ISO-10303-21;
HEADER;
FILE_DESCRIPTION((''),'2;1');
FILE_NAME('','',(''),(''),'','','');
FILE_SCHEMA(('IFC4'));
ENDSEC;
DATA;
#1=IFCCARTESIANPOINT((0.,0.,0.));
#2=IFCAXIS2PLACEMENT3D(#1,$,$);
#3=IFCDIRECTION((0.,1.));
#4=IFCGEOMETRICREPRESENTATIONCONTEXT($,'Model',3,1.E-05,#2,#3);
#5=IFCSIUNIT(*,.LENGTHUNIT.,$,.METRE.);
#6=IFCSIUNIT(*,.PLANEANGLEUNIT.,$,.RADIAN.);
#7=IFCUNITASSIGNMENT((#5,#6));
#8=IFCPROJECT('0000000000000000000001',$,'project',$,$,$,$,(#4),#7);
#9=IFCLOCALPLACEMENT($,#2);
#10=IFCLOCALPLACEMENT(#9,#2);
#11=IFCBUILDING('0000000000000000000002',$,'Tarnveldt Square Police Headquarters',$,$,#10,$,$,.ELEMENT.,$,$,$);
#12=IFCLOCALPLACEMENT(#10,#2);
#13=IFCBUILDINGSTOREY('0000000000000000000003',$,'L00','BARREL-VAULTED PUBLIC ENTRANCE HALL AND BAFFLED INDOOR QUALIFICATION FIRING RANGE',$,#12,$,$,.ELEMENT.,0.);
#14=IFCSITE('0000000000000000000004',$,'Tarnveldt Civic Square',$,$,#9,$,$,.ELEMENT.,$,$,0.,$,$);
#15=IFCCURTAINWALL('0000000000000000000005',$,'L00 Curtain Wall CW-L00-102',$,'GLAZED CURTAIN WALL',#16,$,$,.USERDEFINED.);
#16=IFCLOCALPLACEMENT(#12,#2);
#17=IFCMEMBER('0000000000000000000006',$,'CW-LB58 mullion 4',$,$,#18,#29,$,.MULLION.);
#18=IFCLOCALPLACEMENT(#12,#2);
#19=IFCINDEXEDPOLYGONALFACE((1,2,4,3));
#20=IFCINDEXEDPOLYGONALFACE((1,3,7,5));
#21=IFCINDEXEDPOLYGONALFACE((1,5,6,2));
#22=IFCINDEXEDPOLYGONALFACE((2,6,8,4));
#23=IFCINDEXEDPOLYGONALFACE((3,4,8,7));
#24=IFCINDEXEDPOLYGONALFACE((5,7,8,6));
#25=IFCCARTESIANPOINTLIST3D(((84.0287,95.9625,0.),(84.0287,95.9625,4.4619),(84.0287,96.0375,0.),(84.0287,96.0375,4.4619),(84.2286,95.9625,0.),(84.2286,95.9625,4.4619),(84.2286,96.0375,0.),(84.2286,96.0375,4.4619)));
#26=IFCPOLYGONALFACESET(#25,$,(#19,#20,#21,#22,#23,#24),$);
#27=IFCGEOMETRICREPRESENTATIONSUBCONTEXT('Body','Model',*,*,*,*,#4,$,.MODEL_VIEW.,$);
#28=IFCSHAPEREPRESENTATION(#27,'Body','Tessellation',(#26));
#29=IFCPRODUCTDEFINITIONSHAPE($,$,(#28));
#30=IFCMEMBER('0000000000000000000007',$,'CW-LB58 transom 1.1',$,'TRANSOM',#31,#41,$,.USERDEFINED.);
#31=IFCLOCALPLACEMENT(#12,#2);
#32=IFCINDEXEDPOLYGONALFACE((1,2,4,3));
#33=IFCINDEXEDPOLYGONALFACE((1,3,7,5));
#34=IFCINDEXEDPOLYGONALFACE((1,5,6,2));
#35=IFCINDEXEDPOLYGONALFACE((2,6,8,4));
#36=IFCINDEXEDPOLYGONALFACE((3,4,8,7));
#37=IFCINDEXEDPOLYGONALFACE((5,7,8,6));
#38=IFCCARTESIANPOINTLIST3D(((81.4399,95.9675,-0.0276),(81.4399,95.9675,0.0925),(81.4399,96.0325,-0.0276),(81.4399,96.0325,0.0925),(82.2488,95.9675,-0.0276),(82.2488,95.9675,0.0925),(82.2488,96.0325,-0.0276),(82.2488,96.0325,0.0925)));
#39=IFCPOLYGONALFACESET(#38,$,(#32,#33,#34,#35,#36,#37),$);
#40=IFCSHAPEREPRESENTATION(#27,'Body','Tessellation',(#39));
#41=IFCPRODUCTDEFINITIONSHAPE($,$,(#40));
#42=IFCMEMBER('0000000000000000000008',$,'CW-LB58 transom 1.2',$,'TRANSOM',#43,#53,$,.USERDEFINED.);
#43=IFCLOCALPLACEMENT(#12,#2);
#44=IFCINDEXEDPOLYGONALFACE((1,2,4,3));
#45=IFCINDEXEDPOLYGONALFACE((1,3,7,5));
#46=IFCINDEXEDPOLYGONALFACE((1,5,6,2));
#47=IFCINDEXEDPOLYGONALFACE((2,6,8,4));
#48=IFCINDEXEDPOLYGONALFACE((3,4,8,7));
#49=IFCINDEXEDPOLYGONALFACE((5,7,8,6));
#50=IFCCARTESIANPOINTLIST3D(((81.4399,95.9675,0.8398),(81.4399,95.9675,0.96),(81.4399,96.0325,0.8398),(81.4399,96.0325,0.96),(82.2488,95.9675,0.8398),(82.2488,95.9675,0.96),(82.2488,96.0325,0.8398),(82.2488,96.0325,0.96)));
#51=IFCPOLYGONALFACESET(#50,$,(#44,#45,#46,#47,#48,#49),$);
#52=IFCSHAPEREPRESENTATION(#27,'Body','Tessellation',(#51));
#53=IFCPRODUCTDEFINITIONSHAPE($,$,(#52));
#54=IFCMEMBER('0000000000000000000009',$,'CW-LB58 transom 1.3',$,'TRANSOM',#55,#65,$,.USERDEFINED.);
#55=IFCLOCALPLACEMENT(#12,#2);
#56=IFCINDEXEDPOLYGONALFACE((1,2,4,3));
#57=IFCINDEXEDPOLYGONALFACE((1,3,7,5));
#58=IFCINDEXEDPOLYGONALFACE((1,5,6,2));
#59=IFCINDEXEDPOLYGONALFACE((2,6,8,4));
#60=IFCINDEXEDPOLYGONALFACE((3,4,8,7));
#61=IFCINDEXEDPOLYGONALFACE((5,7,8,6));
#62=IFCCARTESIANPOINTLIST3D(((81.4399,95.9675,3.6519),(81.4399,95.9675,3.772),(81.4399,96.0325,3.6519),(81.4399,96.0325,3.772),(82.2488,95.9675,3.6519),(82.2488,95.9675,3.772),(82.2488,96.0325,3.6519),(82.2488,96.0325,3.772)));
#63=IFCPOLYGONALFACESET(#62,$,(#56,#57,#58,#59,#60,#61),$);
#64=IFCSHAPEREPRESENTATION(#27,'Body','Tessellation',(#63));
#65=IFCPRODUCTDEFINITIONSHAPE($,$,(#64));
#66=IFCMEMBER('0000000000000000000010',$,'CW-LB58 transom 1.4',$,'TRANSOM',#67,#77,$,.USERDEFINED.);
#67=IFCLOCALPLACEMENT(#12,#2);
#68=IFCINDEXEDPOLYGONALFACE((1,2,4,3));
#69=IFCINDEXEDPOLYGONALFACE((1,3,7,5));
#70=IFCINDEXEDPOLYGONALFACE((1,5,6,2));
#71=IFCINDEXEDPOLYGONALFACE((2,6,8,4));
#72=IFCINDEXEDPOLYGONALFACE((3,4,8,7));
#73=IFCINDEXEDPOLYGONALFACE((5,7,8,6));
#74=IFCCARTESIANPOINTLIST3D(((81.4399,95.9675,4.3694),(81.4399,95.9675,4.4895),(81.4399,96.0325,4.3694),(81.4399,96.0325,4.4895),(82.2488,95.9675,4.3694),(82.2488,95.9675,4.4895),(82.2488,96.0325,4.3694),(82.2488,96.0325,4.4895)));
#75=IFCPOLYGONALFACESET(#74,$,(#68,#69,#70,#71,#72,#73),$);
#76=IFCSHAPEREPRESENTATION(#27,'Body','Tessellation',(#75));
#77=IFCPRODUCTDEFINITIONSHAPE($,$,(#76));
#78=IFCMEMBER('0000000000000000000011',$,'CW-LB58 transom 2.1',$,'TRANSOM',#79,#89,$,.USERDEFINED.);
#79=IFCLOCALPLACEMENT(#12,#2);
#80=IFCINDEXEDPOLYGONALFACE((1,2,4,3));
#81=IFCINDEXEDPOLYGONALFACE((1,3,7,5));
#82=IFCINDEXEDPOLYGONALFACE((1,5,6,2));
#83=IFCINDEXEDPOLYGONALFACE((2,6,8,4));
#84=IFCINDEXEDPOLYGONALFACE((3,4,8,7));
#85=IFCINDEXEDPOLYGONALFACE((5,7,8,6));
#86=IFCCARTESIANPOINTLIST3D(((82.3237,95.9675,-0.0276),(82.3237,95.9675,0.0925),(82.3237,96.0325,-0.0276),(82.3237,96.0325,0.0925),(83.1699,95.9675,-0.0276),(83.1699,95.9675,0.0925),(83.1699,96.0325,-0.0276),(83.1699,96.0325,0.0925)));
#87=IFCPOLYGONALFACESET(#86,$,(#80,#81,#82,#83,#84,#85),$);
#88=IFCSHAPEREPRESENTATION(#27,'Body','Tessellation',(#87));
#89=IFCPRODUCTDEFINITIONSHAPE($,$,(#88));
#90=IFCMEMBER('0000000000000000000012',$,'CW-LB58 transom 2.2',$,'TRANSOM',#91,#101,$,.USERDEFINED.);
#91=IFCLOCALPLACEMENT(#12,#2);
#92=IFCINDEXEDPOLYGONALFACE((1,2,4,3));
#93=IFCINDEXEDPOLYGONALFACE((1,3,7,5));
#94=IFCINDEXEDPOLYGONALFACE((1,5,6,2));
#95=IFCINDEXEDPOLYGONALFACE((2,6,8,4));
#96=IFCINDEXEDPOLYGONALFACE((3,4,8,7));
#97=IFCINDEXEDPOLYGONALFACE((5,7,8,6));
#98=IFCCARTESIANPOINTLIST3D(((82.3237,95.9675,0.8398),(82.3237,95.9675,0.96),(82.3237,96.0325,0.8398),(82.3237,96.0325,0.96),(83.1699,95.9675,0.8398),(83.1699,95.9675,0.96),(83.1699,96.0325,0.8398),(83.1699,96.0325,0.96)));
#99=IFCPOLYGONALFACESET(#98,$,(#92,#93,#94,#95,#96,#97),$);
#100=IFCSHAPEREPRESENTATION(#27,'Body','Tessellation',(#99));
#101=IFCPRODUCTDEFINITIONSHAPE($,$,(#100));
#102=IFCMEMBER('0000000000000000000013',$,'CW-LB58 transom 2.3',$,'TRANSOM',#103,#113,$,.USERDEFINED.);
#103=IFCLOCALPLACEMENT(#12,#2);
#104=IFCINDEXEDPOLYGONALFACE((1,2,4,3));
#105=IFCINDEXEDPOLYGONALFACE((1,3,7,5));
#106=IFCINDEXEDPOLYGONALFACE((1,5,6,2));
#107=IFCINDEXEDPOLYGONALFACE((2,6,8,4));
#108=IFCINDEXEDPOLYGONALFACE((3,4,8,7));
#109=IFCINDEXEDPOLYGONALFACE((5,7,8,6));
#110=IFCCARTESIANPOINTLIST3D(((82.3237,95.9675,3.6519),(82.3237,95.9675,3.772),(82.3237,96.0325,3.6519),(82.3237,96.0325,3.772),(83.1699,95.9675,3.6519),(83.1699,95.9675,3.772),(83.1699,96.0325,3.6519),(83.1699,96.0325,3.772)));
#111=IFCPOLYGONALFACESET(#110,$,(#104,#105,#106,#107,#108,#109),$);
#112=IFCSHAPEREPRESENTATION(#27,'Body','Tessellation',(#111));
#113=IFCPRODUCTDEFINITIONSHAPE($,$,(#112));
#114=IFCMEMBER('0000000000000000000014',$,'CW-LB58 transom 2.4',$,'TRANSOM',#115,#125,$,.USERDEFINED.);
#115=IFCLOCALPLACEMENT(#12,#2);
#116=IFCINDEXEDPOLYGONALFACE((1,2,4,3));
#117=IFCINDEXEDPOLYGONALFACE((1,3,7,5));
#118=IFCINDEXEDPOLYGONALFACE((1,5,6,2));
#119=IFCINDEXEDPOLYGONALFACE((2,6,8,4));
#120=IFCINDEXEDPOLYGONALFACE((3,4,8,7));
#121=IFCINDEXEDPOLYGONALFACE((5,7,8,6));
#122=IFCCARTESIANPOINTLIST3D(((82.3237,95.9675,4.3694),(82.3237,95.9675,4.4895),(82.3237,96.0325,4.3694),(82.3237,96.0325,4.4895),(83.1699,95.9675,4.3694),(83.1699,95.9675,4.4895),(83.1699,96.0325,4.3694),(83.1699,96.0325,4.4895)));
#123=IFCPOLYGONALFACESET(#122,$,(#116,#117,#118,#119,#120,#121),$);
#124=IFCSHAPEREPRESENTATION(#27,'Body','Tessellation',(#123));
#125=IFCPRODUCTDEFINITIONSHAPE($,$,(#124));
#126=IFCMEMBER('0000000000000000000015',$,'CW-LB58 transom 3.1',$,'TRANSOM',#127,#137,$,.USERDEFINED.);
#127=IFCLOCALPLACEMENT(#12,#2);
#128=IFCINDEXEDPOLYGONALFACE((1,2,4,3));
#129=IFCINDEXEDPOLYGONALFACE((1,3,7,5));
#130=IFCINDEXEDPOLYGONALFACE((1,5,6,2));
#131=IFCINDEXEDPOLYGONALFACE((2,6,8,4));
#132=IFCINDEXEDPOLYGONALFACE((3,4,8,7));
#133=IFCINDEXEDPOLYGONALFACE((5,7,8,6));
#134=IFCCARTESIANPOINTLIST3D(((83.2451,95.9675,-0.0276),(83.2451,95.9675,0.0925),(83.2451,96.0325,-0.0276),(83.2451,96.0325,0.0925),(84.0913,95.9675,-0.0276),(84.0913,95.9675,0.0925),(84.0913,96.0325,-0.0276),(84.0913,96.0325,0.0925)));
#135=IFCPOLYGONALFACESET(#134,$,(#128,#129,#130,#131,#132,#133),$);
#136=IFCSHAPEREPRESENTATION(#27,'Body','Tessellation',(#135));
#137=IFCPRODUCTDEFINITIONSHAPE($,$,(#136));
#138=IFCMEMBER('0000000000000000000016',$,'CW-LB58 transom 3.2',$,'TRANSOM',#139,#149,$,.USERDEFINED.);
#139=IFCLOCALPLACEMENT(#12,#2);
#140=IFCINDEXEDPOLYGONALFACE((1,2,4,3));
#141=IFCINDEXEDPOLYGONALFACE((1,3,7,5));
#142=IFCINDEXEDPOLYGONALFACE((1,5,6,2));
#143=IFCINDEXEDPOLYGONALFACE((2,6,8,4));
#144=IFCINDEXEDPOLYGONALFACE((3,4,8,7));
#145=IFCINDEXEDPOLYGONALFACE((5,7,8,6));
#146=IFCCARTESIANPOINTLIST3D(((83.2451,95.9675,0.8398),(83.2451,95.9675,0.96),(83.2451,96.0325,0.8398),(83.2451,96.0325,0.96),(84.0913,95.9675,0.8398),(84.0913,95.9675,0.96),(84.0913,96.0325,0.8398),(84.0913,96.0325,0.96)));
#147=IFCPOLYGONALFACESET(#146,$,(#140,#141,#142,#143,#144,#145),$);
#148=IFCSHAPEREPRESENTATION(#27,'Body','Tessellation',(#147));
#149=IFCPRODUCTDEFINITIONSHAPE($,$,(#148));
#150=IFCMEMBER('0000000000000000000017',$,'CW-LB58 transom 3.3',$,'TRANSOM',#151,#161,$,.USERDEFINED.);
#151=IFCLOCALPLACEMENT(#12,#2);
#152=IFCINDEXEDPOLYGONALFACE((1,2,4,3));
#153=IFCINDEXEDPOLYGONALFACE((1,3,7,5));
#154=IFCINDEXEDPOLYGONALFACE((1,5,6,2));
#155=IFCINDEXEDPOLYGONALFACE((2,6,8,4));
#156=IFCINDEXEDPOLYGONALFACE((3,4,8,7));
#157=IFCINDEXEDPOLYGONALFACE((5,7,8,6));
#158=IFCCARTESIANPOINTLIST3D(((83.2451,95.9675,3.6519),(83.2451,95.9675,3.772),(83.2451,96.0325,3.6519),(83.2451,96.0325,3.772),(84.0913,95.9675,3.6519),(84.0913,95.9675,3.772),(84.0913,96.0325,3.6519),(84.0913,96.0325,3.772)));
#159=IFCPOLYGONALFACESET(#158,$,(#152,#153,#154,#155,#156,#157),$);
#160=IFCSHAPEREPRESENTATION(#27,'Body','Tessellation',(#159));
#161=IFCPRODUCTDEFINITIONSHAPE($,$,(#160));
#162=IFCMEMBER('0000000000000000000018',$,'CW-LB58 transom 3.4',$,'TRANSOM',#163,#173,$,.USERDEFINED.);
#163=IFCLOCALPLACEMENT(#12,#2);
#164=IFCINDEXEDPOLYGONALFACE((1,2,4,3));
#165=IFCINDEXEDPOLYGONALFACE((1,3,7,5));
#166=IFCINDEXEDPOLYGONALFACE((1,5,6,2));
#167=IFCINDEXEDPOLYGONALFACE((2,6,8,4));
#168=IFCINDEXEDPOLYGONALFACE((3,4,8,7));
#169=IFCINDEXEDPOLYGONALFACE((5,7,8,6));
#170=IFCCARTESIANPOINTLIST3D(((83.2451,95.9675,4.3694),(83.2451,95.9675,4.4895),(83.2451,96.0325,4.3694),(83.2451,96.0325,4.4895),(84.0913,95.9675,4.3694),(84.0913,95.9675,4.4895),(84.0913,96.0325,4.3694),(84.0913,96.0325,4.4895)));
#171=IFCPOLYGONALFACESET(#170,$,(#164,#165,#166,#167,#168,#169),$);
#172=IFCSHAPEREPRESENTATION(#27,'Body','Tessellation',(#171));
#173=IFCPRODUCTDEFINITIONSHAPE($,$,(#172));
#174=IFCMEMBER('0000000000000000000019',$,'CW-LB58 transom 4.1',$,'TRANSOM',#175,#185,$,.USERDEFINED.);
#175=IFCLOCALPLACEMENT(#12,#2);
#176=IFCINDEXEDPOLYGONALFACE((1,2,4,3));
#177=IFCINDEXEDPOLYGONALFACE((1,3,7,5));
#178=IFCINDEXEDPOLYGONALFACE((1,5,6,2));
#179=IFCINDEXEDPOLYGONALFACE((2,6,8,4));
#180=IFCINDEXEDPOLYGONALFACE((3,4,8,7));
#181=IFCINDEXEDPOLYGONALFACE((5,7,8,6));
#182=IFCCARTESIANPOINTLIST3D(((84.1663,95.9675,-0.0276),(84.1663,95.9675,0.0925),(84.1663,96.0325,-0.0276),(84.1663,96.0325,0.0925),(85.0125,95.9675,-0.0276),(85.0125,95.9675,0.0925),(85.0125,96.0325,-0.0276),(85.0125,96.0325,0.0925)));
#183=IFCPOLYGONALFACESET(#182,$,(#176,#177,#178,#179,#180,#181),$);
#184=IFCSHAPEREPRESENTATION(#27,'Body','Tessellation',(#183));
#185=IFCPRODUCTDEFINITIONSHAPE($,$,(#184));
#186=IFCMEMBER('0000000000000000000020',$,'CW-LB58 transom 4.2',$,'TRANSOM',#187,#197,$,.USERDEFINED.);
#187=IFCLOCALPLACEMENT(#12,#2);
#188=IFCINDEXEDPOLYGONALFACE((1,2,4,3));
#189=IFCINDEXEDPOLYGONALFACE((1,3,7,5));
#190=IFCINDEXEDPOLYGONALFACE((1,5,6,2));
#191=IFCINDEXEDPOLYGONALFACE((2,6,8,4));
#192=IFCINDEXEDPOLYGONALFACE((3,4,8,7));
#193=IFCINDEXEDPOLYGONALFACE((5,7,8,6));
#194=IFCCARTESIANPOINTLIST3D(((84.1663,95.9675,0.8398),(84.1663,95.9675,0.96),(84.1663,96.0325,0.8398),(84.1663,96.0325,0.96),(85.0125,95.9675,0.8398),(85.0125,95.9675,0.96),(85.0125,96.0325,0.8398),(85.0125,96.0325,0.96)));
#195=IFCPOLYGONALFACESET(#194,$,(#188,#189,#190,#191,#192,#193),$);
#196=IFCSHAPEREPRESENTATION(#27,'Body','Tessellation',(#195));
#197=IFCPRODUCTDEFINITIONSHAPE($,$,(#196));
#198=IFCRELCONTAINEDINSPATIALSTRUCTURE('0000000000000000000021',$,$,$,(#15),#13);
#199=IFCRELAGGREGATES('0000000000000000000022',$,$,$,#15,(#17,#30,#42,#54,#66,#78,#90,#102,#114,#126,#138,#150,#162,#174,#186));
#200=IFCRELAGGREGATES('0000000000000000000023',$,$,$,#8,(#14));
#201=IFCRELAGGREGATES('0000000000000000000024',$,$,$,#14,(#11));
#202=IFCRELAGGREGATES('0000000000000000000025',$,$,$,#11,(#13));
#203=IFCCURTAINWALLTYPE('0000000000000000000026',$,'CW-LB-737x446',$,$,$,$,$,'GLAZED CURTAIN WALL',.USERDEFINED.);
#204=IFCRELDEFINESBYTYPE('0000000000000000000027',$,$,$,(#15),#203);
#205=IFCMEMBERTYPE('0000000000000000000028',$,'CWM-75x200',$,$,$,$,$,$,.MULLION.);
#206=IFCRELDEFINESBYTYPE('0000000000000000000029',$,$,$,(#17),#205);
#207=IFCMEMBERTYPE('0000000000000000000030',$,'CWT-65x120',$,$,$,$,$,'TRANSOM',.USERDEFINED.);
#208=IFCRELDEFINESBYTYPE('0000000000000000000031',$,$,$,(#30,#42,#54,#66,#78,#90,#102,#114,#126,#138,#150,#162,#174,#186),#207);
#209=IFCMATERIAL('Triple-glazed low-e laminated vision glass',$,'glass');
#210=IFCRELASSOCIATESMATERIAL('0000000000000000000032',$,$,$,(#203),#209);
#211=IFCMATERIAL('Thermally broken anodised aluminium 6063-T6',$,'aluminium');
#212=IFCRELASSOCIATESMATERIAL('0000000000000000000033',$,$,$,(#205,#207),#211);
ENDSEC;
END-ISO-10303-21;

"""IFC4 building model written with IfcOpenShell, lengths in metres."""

from ifc_helpers import new_model, si_unit, direction, frame, origin, origin_2d, place, context, subcontext, project, spatial, rectangle, extrude, material, material_profile, profile_set, type_object, element, aggregate, save


model = new_model("IFC4")

# Units and contexts
model_context = context("Model", 3, precision=1e-05, world=origin(), true_north=direction((0.0, 1.0)))
body_context = subcontext(model_context, "Body", "Model", "MODEL_VIEW")
ifc_project = project(units=[si_unit("LENGTHUNIT", "METRE"), si_unit("PLANEANGLEUNIT", "RADIAN")], contexts=[model_context])

# Site, building, storey
site_placement = place(None, origin())
site = spatial("IfcSite", under=ifc_project, at=site_placement, Name="Tarnveldt Civic Square", CompositionType="ELEMENT", RefElevation=0.0)
building_placement = place(site_placement, origin())
building = spatial("IfcBuilding", under=site, at=building_placement, Name="Tarnveldt Square Police Headquarters", CompositionType="ELEMENT")
storey_placement = place(building_placement, origin())
storey = spatial("IfcBuildingStorey", under=building, at=storey_placement, Name="L00", Description="BARREL-VAULTED PUBLIC ENTRANCE HALL AND BAFFLED INDOOR QUALIFICATION FIRING RANGE", CompositionType="ELEMENT", Elevation=0.0)

# Curtain wall, members
ifc_material_1 = material(Name="Triple-glazed low-e laminated vision glass", Category="glass")
curtain_wall_type = type_object("IfcCurtainWallType", Name="CW-LB-737x446", ElementType="GLAZED CURTAIN WALL", PredefinedType="USERDEFINED", material=ifc_material_1)
curtain_wall_placement = place(storey_placement, origin())
curtain_wall = element("IfcCurtainWall", 1, at=curtain_wall_placement, inside=storey, type_object=curtain_wall_type, Name="L00 Curtain Wall CW-L00-102", ObjectType="GLAZED CURTAIN WALL", PredefinedType="USERDEFINED")
ifc_material_2 = material(Name="Thermally broken anodised aluminium 6063-T6", Category="aluminium")
ifc_material_profile_1 = material_profile(ifc_material_2, rectangle(XDim=0.075, YDim=0.2, at=origin_2d()), Name="CW-M75x200")
ifc_profile_set_1 = profile_set([ifc_material_profile_1], Name="Thermally broken anodised aluminium 6063-T6")
member_type_1 = type_object("IfcMemberType", Name="CWM-75x200", PredefinedType="MULLION", material=ifc_profile_set_1)
member_1_placement = place(storey_placement, frame((84.1287, 96.0, 0.0), z_axis=(0.0, 0.0, 1.0), x_axis=(0.0, 1.0, 0.0)))
member_1 = element("IfcMember", 2, at=member_1_placement, type_object=member_type_1, Name="CW-LB58 mullion 4", PredefinedType="MULLION", context=body_context, shape_type="SweptSolid", body=[
    extrude(rectangle(XDim=0.075, YDim=0.2, at=origin_2d()), origin(), (0.0, 0.0, 1.0), 4.4619),
])
ifc_material_profile_2 = material_profile(ifc_material_2, rectangle(XDim=0.0649, YDim=0.1201, at=origin_2d()), Name="CW-T65x120")
ifc_profile_set_2 = profile_set([ifc_material_profile_2], Name="Thermally broken anodised aluminium 6063-T6")
member_type_2 = type_object("IfcMemberType", Name="CWT-65x120", ElementType="TRANSOM", PredefinedType="USERDEFINED", material=ifc_profile_set_2)
member_2_placement = place(storey_placement, frame((81.4399, 96.0, 0.0325), z_axis=(1.0, 0.0, 0.0), x_axis=(0.0, 1.0, 0.0)))
member_2 = element("IfcMember", 3, at=member_2_placement, type_object=member_type_2, Name="CW-LB58 transom 1.1", ObjectType="TRANSOM", PredefinedType="USERDEFINED", context=body_context, shape_type="SweptSolid", body=[
    extrude(rectangle(XDim=0.0649, YDim=0.1201, at=origin_2d()), origin(), (0.0, 0.0, 1.0), 0.8088),
])
member_3_placement = place(storey_placement, frame((81.4399, 96.0, 0.8999), z_axis=(1.0, 0.0, 0.0), x_axis=(0.0, 1.0, 0.0)))
member_3 = element("IfcMember", 4, at=member_3_placement, type_object=member_type_2, Name="CW-LB58 transom 1.2", ObjectType="TRANSOM", PredefinedType="USERDEFINED", context=body_context, shape_type="SweptSolid", body=[
    extrude(rectangle(XDim=0.0649, YDim=0.1201, at=origin_2d()), origin(), (0.0, 0.0, 1.0), 0.8088),
])
member_4_placement = place(storey_placement, frame((81.4399, 96.0, 3.7119), z_axis=(1.0, 0.0, 0.0), x_axis=(0.0, 1.0, 0.0)))
member_4 = element("IfcMember", 5, at=member_4_placement, type_object=member_type_2, Name="CW-LB58 transom 1.3", ObjectType="TRANSOM", PredefinedType="USERDEFINED", context=body_context, shape_type="SweptSolid", body=[
    extrude(rectangle(XDim=0.0649, YDim=0.1201, at=origin_2d()), origin(), (0.0, 0.0, 1.0), 0.8088),
])
member_5_placement = place(storey_placement, frame((81.4399, 96.0, 4.4294), z_axis=(1.0, 0.0, 0.0), x_axis=(0.0, 1.0, 0.0)))
member_5 = element("IfcMember", 6, at=member_5_placement, type_object=member_type_2, Name="CW-LB58 transom 1.4", ObjectType="TRANSOM", PredefinedType="USERDEFINED", context=body_context, shape_type="SweptSolid", body=[
    extrude(rectangle(XDim=0.0649, YDim=0.1201, at=origin_2d()), origin(), (0.0, 0.0, 1.0), 0.8088),
])
member_6_placement = place(storey_placement, frame((82.3237, 96.0, 0.0325), z_axis=(1.0, 0.0, 0.0), x_axis=(0.0, 1.0, 0.0)))
member_6 = element("IfcMember", 7, at=member_6_placement, type_object=member_type_2, Name="CW-LB58 transom 2.1", ObjectType="TRANSOM", PredefinedType="USERDEFINED", context=body_context, shape_type="SweptSolid", body=[
    extrude(rectangle(XDim=0.0649, YDim=0.1201, at=origin_2d()), origin(), (0.0, 0.0, 1.0), 0.8462),
])
member_7_placement = place(storey_placement, frame((82.3237, 96.0, 0.8999), z_axis=(1.0, 0.0, 0.0), x_axis=(0.0, 1.0, 0.0)))
member_7 = element("IfcMember", 8, at=member_7_placement, type_object=member_type_2, Name="CW-LB58 transom 2.2", ObjectType="TRANSOM", PredefinedType="USERDEFINED", context=body_context, shape_type="SweptSolid", body=[
    extrude(rectangle(XDim=0.0649, YDim=0.1201, at=origin_2d()), origin(), (0.0, 0.0, 1.0), 0.8462),
])
member_8_placement = place(storey_placement, frame((82.3237, 96.0, 3.7119), z_axis=(1.0, 0.0, 0.0), x_axis=(0.0, 1.0, 0.0)))
member_8 = element("IfcMember", 9, at=member_8_placement, type_object=member_type_2, Name="CW-LB58 transom 2.3", ObjectType="TRANSOM", PredefinedType="USERDEFINED", context=body_context, shape_type="SweptSolid", body=[
    extrude(rectangle(XDim=0.0649, YDim=0.1201, at=origin_2d()), origin(), (0.0, 0.0, 1.0), 0.8462),
])
member_9_placement = place(storey_placement, frame((82.3237, 96.0, 4.4294), z_axis=(1.0, 0.0, 0.0), x_axis=(0.0, 1.0, 0.0)))
member_9 = element("IfcMember", 10, at=member_9_placement, type_object=member_type_2, Name="CW-LB58 transom 2.4", ObjectType="TRANSOM", PredefinedType="USERDEFINED", context=body_context, shape_type="SweptSolid", body=[
    extrude(rectangle(XDim=0.0649, YDim=0.1201, at=origin_2d()), origin(), (0.0, 0.0, 1.0), 0.8462),
])
member_10_placement = place(storey_placement, frame((83.2451, 96.0, 0.0325), z_axis=(1.0, 0.0, 0.0), x_axis=(0.0, 1.0, 0.0)))
member_10 = element("IfcMember", 11, at=member_10_placement, type_object=member_type_2, Name="CW-LB58 transom 3.1", ObjectType="TRANSOM", PredefinedType="USERDEFINED", context=body_context, shape_type="SweptSolid", body=[
    extrude(rectangle(XDim=0.0649, YDim=0.1201, at=origin_2d()), origin(), (0.0, 0.0, 1.0), 0.8462),
])
member_11_placement = place(storey_placement, frame((83.2451, 96.0, 0.8999), z_axis=(1.0, 0.0, 0.0), x_axis=(0.0, 1.0, 0.0)))
member_11 = element("IfcMember", 12, at=member_11_placement, type_object=member_type_2, Name="CW-LB58 transom 3.2", ObjectType="TRANSOM", PredefinedType="USERDEFINED", context=body_context, shape_type="SweptSolid", body=[
    extrude(rectangle(XDim=0.0649, YDim=0.1201, at=origin_2d()), origin(), (0.0, 0.0, 1.0), 0.8462),
])
member_12_placement = place(storey_placement, frame((83.2451, 96.0, 3.7119), z_axis=(1.0, 0.0, 0.0), x_axis=(0.0, 1.0, 0.0)))
member_12 = element("IfcMember", 13, at=member_12_placement, type_object=member_type_2, Name="CW-LB58 transom 3.3", ObjectType="TRANSOM", PredefinedType="USERDEFINED", context=body_context, shape_type="SweptSolid", body=[
    extrude(rectangle(XDim=0.0649, YDim=0.1201, at=origin_2d()), origin(), (0.0, 0.0, 1.0), 0.8462),
])
member_13_placement = place(storey_placement, frame((83.2451, 96.0, 4.4294), z_axis=(1.0, 0.0, 0.0), x_axis=(0.0, 1.0, 0.0)))
member_13 = element("IfcMember", 14, at=member_13_placement, type_object=member_type_2, Name="CW-LB58 transom 3.4", ObjectType="TRANSOM", PredefinedType="USERDEFINED", context=body_context, shape_type="SweptSolid", body=[
    extrude(rectangle(XDim=0.0649, YDim=0.1201, at=origin_2d()), origin(), (0.0, 0.0, 1.0), 0.8462),
])
member_14_placement = place(storey_placement, frame((84.1663, 96.0, 0.0325), z_axis=(1.0, 0.0, 0.0), x_axis=(0.0, 1.0, 0.0)))
member_14 = element("IfcMember", 15, at=member_14_placement, type_object=member_type_2, Name="CW-LB58 transom 4.1", ObjectType="TRANSOM", PredefinedType="USERDEFINED", context=body_context, shape_type="SweptSolid", body=[
    extrude(rectangle(XDim=0.0649, YDim=0.1201, at=origin_2d()), origin(), (0.0, 0.0, 1.0), 0.8462),
])
member_15_placement = place(storey_placement, frame((84.1663, 96.0, 0.8999), z_axis=(1.0, 0.0, 0.0), x_axis=(0.0, 1.0, 0.0)))
member_15 = element("IfcMember", 16, at=member_15_placement, type_object=member_type_2, Name="CW-LB58 transom 4.2", ObjectType="TRANSOM", PredefinedType="USERDEFINED", context=body_context, shape_type="SweptSolid", body=[
    extrude(rectangle(XDim=0.0649, YDim=0.1201, at=origin_2d()), origin(), (0.0, 0.0, 1.0), 0.8462),
])
aggregate(curtain_wall, [member_1, member_2, member_3, member_4, member_5, member_6, member_7, member_8, member_9, member_10, member_11, member_12, member_13, member_14, member_15])

save(model, "model.ifc")
